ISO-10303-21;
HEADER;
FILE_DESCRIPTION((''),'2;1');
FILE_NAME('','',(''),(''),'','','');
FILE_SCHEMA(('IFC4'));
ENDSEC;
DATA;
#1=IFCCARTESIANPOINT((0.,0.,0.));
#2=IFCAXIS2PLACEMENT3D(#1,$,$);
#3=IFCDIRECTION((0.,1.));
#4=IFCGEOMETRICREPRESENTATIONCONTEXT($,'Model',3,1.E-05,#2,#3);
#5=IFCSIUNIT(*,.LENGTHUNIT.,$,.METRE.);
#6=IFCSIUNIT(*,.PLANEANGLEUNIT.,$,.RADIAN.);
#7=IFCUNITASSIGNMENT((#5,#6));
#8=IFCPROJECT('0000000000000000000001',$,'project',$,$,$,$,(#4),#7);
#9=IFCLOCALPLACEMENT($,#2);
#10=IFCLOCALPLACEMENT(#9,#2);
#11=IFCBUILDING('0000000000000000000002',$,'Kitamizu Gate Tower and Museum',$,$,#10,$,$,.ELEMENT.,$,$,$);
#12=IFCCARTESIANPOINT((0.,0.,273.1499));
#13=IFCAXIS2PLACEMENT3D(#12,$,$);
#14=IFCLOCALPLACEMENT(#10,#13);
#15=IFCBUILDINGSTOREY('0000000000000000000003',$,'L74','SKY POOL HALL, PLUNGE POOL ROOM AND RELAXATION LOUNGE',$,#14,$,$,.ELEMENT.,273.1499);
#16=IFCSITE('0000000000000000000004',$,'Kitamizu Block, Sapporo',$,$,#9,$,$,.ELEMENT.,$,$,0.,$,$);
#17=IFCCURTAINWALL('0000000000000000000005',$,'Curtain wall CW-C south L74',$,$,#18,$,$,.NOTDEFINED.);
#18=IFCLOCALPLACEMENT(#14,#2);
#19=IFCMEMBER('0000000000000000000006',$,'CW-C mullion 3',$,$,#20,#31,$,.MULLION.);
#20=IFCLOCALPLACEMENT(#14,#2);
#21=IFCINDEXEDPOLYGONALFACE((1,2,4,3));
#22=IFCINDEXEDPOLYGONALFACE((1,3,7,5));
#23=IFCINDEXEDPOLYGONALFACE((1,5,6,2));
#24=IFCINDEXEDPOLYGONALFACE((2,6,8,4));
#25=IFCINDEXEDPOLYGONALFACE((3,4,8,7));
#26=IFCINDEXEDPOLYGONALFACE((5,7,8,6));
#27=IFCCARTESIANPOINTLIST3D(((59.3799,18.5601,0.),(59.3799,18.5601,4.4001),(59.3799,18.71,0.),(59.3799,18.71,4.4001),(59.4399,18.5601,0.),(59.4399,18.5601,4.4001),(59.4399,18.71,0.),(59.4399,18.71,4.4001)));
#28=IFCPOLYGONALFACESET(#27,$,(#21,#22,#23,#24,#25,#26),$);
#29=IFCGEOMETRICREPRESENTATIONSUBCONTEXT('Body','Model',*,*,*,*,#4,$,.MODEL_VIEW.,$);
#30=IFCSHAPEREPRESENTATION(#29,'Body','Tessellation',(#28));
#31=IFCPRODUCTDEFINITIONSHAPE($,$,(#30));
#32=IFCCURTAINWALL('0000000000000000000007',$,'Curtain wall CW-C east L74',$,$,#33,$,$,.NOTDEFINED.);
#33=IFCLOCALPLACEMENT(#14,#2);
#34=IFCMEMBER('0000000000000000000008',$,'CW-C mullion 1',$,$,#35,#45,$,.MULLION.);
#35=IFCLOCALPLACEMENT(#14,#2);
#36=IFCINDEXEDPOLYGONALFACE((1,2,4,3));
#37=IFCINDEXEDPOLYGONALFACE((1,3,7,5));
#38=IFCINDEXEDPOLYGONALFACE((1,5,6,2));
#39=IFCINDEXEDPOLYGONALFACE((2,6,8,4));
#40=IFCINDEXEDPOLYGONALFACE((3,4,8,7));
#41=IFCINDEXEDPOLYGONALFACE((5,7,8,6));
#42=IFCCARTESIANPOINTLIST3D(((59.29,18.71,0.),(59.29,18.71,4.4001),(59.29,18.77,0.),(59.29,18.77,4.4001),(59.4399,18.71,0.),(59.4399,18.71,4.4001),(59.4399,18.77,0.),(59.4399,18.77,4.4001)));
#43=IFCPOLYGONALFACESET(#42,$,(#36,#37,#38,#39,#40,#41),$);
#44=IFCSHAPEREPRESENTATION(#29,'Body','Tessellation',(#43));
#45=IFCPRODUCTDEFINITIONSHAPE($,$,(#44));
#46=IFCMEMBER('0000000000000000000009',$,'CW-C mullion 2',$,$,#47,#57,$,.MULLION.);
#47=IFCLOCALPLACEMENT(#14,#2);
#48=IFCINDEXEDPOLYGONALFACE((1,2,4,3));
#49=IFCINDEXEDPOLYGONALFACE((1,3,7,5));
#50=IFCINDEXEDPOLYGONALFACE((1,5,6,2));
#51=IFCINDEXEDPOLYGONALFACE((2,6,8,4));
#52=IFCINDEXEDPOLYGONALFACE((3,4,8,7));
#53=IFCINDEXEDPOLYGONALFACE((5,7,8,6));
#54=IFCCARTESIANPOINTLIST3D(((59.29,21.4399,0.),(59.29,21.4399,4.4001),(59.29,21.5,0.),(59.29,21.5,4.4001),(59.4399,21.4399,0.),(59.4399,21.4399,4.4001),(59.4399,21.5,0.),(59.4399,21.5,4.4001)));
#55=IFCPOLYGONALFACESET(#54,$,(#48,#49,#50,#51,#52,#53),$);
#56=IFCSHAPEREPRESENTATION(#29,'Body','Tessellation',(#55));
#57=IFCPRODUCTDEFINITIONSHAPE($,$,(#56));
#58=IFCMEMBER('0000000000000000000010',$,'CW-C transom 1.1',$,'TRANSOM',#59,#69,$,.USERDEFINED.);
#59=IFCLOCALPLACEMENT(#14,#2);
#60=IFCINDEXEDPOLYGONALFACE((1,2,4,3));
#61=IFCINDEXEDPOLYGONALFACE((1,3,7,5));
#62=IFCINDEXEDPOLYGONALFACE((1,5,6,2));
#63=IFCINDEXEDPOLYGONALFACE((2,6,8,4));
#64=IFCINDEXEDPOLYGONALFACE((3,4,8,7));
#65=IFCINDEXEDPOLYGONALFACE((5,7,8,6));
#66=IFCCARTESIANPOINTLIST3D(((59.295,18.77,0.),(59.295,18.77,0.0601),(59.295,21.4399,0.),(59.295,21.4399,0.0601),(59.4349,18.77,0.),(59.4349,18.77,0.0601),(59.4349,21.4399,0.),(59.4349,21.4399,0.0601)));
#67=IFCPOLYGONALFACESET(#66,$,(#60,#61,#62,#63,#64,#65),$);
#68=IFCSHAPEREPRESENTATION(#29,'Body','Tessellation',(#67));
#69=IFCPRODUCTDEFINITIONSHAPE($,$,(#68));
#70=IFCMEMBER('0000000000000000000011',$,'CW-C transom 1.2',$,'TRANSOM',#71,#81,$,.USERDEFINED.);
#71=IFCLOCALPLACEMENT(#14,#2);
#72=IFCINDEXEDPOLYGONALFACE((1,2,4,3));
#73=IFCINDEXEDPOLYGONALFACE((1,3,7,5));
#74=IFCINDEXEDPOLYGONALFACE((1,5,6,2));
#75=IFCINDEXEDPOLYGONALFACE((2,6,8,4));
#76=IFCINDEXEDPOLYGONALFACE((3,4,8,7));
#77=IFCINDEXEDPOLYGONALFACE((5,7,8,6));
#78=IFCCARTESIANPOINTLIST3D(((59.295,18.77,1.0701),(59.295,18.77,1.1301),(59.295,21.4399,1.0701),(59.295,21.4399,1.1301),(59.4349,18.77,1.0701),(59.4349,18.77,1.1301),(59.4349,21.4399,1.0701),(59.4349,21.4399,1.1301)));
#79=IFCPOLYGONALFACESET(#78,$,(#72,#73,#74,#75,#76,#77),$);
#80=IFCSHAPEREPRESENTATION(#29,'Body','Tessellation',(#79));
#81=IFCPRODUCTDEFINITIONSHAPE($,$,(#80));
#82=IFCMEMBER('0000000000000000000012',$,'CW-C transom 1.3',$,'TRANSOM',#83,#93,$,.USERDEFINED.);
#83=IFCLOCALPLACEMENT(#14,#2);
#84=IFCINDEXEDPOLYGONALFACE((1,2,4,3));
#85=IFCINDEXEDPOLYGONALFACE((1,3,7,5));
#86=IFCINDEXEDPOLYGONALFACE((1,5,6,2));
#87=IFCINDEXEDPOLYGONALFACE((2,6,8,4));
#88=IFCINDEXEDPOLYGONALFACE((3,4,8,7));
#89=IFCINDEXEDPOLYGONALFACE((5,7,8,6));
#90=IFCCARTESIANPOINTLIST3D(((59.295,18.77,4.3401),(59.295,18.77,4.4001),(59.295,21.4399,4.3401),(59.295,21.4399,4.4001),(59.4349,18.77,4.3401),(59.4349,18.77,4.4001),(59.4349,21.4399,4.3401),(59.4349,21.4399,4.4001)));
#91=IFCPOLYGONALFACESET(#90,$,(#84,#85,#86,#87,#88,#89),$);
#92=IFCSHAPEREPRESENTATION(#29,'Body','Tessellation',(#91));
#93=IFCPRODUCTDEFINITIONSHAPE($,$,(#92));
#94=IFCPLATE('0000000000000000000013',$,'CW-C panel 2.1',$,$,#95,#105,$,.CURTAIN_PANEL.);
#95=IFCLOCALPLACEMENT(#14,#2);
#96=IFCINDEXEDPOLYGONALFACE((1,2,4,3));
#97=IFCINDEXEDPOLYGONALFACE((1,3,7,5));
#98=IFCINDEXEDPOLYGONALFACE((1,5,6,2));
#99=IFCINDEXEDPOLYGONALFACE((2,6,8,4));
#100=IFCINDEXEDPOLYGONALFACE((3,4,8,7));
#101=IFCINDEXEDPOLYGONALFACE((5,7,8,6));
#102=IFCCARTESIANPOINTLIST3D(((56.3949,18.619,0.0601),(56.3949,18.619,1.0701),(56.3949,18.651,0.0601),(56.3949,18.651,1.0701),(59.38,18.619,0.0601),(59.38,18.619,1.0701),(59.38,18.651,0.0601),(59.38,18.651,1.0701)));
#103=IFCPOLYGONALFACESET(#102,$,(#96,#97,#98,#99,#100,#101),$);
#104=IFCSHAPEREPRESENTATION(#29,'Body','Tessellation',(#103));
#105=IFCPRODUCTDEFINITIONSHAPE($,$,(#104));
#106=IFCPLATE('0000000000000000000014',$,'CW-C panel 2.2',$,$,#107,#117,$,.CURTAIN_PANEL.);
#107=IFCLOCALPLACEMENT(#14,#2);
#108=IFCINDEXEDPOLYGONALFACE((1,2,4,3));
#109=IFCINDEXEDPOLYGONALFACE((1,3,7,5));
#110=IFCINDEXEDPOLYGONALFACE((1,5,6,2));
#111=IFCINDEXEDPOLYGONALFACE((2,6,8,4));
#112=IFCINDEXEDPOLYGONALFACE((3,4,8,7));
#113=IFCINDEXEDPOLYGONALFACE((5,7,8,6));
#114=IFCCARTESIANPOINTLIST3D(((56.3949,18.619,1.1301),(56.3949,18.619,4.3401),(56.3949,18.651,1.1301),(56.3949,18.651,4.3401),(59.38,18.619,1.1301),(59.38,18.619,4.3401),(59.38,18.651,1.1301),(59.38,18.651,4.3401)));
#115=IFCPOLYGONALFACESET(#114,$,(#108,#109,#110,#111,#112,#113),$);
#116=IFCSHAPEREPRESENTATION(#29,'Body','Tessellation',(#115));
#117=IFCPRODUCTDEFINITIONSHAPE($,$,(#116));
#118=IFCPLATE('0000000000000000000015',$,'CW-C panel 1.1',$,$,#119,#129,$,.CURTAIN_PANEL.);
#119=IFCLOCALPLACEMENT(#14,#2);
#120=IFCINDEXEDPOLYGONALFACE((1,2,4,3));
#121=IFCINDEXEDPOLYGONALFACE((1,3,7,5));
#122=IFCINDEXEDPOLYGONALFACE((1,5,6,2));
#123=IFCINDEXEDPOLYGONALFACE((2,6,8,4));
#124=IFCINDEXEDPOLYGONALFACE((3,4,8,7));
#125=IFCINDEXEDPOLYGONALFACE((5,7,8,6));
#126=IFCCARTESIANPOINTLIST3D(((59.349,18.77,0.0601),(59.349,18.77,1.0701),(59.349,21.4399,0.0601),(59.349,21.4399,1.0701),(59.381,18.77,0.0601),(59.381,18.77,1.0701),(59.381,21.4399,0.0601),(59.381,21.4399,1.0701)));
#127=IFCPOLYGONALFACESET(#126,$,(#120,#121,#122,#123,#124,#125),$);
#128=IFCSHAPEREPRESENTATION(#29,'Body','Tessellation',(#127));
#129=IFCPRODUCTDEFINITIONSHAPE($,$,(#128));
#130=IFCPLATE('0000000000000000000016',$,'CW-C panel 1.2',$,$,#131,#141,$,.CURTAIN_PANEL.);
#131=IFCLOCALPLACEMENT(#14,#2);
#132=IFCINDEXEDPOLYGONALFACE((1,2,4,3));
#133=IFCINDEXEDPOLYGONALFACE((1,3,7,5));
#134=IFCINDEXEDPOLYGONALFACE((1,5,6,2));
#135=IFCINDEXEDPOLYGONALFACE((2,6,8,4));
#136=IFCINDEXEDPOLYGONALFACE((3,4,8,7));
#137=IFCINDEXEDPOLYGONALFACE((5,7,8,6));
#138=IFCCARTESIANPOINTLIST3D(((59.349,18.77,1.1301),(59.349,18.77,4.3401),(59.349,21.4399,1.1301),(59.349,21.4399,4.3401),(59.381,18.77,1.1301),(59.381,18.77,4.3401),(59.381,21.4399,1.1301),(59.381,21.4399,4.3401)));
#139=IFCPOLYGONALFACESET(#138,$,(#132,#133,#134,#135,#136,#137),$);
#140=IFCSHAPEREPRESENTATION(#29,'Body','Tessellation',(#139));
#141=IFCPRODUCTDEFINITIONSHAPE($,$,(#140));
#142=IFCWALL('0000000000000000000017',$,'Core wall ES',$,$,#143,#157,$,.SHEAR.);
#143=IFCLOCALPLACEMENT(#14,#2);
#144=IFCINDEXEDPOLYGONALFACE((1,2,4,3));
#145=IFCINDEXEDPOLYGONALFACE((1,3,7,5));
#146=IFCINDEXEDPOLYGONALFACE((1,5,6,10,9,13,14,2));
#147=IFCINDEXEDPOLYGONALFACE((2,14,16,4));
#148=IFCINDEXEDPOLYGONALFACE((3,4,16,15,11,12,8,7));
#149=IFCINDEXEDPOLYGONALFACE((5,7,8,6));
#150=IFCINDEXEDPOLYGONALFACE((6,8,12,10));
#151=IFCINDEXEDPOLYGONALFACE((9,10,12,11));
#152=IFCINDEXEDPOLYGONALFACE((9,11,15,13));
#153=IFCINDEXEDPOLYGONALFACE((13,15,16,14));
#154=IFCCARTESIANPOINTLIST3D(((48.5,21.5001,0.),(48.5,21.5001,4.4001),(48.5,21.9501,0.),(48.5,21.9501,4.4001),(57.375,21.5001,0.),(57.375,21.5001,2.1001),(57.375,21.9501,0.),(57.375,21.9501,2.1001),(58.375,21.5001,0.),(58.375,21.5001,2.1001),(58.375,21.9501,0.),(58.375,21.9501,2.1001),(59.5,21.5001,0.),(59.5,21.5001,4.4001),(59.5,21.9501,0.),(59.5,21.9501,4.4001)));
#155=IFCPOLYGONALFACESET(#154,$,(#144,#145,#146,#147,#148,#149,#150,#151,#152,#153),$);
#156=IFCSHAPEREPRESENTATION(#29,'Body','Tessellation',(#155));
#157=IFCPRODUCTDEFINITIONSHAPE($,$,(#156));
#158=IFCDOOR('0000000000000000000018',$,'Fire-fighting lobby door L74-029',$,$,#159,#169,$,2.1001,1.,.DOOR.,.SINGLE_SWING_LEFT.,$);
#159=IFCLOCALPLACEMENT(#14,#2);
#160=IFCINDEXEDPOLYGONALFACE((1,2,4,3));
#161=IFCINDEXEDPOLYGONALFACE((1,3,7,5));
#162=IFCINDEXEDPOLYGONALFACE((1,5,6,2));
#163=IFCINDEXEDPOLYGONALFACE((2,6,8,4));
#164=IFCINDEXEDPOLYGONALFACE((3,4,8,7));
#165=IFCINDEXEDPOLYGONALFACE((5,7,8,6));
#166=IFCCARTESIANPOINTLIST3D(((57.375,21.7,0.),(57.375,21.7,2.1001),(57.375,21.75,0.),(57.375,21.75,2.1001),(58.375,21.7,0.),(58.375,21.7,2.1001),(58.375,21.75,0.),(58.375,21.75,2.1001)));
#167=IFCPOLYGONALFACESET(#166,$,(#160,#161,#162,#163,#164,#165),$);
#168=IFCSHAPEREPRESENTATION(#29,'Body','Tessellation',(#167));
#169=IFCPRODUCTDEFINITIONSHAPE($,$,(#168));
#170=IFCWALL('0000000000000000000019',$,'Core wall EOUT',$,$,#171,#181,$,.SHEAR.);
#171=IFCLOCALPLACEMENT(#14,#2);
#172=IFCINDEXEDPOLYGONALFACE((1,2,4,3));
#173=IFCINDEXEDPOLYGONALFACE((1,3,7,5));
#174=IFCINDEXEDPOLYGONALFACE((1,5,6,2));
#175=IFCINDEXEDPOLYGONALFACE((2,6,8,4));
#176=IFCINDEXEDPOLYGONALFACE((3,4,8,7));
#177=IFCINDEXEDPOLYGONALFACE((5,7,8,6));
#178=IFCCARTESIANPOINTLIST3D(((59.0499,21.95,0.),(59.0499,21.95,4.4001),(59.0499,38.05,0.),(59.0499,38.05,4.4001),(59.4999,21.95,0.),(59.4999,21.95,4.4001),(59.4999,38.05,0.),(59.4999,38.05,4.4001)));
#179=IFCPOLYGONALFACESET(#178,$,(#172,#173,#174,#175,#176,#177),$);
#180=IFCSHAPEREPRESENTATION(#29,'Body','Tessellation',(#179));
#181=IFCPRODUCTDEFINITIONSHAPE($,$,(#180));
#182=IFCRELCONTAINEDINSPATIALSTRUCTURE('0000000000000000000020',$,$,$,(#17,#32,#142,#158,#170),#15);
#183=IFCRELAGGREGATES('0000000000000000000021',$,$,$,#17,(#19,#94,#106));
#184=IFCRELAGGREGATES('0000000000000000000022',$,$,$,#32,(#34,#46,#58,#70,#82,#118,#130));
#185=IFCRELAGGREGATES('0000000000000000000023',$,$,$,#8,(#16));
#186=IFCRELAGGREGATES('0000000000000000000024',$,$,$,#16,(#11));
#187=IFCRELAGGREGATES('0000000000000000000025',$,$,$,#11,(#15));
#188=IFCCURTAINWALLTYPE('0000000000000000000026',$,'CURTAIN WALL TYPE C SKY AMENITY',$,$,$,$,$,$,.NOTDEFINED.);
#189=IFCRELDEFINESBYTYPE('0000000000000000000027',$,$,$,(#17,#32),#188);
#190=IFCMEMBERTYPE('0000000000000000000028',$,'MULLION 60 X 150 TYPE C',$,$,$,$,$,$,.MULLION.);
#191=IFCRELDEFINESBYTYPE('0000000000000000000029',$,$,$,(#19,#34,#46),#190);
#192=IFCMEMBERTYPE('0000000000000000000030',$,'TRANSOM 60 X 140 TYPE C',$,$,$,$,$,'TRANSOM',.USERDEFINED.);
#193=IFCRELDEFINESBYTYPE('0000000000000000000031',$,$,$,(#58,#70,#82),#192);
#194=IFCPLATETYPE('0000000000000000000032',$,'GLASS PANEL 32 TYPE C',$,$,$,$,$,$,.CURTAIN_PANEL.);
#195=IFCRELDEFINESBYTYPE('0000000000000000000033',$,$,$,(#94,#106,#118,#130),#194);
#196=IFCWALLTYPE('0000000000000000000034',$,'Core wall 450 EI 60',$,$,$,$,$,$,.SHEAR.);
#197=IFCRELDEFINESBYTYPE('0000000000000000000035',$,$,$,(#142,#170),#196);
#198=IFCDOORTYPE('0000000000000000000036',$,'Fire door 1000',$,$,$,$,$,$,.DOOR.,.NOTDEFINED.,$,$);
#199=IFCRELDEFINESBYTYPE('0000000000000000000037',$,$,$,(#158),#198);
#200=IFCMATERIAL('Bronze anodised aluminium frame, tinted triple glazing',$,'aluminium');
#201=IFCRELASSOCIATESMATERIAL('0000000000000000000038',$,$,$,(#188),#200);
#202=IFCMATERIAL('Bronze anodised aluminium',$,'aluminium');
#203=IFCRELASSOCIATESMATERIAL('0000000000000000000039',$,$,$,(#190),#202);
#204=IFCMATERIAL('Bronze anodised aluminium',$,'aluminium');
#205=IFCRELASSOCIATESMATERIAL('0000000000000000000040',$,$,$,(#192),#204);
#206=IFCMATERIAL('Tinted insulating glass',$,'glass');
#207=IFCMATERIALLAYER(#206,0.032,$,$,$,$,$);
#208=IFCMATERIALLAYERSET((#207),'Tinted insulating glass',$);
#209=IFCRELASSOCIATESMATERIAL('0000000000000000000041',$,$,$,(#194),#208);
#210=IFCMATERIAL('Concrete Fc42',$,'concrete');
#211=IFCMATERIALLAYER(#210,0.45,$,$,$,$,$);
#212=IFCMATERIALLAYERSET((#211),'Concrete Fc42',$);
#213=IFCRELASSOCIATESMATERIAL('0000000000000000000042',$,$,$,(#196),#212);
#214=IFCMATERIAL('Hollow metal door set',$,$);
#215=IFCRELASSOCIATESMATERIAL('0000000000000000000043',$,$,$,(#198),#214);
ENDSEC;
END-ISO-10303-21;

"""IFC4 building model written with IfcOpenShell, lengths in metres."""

from ifc_helpers import new_model, si_unit, direction, frame, frame_2d, origin, origin_2d, place, context, subcontext, project, spatial, rectangle, extrude, material, layer, layer_set, material_profile, profile_set, type_object, element, fill, aggregate, save


model = new_model("IFC4")

# Units and contexts
model_context = context("Model", 3, precision=1e-05, world=origin(), true_north=direction((0.0, 1.0)))
body_context = subcontext(model_context, "Body", "Model", "MODEL_VIEW")
ifc_project = project(units=[si_unit("LENGTHUNIT", "METRE"), si_unit("PLANEANGLEUNIT", "RADIAN")], contexts=[model_context])

# Site, building, storey
site_placement = place(None, origin())
site = spatial("IfcSite", under=ifc_project, at=site_placement, Name="Kitamizu Block, Sapporo", CompositionType="ELEMENT", RefElevation=0.0)
building_placement = place(site_placement, origin())
building = spatial("IfcBuilding", under=site, at=building_placement, Name="Kitamizu Gate Tower and Museum", CompositionType="ELEMENT")
storey_placement = place(building_placement, frame((0.0, 0.0, 273.1499)))
storey = spatial("IfcBuildingStorey", under=building, at=storey_placement, Name="L74", Description="SKY POOL HALL, PLUNGE POOL ROOM AND RELAXATION LOUNGE", CompositionType="ELEMENT", Elevation=273.1499)

# Curtain wall, member
ifc_material_1 = material(Name="Bronze anodised aluminium frame, tinted triple glazing", Category="aluminium")
curtain_wall_type = type_object("IfcCurtainWallType", Name="CURTAIN WALL TYPE C SKY AMENITY", PredefinedType="NOTDEFINED", material=ifc_material_1)
curtain_wall_1_placement = place(storey_placement, origin())
curtain_wall_1 = element("IfcCurtainWall", 1, at=curtain_wall_1_placement, inside=storey, type_object=curtain_wall_type, Name="Curtain wall CW-C south L74", PredefinedType="NOTDEFINED")
ifc_material_2 = material(Name="Bronze anodised aluminium", Category="aluminium")
ifc_material_profile_1 = material_profile(ifc_material_2, rectangle(XDim=0.0601, YDim=0.1499, at=origin_2d()), Name="AL 60X150")
ifc_profile_set_1 = profile_set([ifc_material_profile_1], Name="Bronze anodised aluminium")
member_type_1 = type_object("IfcMemberType", Name="MULLION 60 X 150 TYPE C", PredefinedType="MULLION", material=ifc_profile_set_1)
member_1_placement = place(storey_placement, frame((59.4099, 18.635, 0.0), z_axis=(0.0, 0.0, 1.0), x_axis=(1.0, 0.0, 0.0)))
member_1 = element("IfcMember", 2, at=member_1_placement, type_object=member_type_1, Name="CW-C mullion 3", PredefinedType="MULLION", context=body_context, shape_type="SweptSolid", body=[
    extrude(rectangle(XDim=0.0601, YDim=0.1499, at=origin_2d()), origin(), (0.0, 0.0, 1.0), 4.4001),
])

# Curtain wall, members
curtain_wall_2_placement = place(storey_placement, origin())
curtain_wall_2 = element("IfcCurtainWall", 3, at=curtain_wall_2_placement, inside=storey, type_object=curtain_wall_type, Name="Curtain wall CW-C east L74", PredefinedType="NOTDEFINED")
member_2_placement = place(storey_placement, frame((59.365, 18.74, 0.0), z_axis=(0.0, 0.0, 1.0), x_axis=(0.0, 1.0, 0.0)))
member_2 = element("IfcMember", 4, at=member_2_placement, type_object=member_type_1, Name="CW-C mullion 1", PredefinedType="MULLION", context=body_context, shape_type="SweptSolid", body=[
    extrude(rectangle(XDim=0.0601, YDim=0.1499, at=origin_2d()), origin(), (0.0, 0.0, 1.0), 4.4001),
])
member_3_placement = place(storey_placement, frame((59.365, 21.47, 0.0), z_axis=(0.0, 0.0, 1.0), x_axis=(0.0, 1.0, 0.0)))
member_3 = element("IfcMember", 5, at=member_3_placement, type_object=member_type_1, Name="CW-C mullion 2", PredefinedType="MULLION", context=body_context, shape_type="SweptSolid", body=[
    extrude(rectangle(XDim=0.0601, YDim=0.1499, at=origin_2d()), origin(), (0.0, 0.0, 1.0), 4.4001),
])
ifc_material_3 = material(Name="Bronze anodised aluminium", Category="aluminium")
ifc_material_profile_2 = material_profile(ifc_material_3, rectangle(XDim=0.1399, YDim=0.0601, at=origin_2d()), Name="AL 60X140")
ifc_profile_set_2 = profile_set([ifc_material_profile_2], Name="Bronze anodised aluminium")
member_type_2 = type_object("IfcMemberType", Name="TRANSOM 60 X 140 TYPE C", ElementType="TRANSOM", PredefinedType="USERDEFINED", material=ifc_profile_set_2)
member_4_placement = place(storey_placement, frame((59.365, 18.77, 0.03), z_axis=(0.0, 1.0, 0.0), x_axis=(-1.0, 0.0, 0.0)))
member_4 = element("IfcMember", 6, at=member_4_placement, type_object=member_type_2, Name="CW-C transom 1.1", ObjectType="TRANSOM", PredefinedType="USERDEFINED", context=body_context, shape_type="SweptSolid", body=[
    extrude(rectangle(XDim=0.1399, YDim=0.0601, at=origin_2d()), origin(), (0.0, 0.0, 1.0), 2.6699),
])
member_5_placement = place(storey_placement, frame((59.365, 18.77, 1.1001), z_axis=(0.0, 1.0, 0.0), x_axis=(-1.0, 0.0, 0.0)))
member_5 = element("IfcMember", 7, at=member_5_placement, type_object=member_type_2, Name="CW-C transom 1.2", ObjectType="TRANSOM", PredefinedType="USERDEFINED", context=body_context, shape_type="SweptSolid", body=[
    extrude(rectangle(XDim=0.1399, YDim=0.0601, at=origin_2d()), origin(), (0.0, 0.0, 1.0), 2.6699),
])
member_6_placement = place(storey_placement, frame((59.365, 18.77, 4.3701), z_axis=(0.0, 1.0, 0.0), x_axis=(-1.0, 0.0, 0.0)))
member_6 = element("IfcMember", 8, at=member_6_placement, type_object=member_type_2, Name="CW-C transom 1.3", ObjectType="TRANSOM", PredefinedType="USERDEFINED", context=body_context, shape_type="SweptSolid", body=[
    extrude(rectangle(XDim=0.1399, YDim=0.0601, at=origin_2d()), origin(), (0.0, 0.0, 1.0), 2.6699),
])

# Plates
ifc_material_4 = material(Name="Tinted insulating glass", Category="glass")
ifc_layer_1 = layer(ifc_material_4, 0.032)
ifc_layer_set_1 = layer_set([ifc_layer_1], Name="Tinted insulating glass")
plate_type = type_object("IfcPlateType", Name="GLASS PANEL 32 TYPE C", PredefinedType="CURTAIN_PANEL", material=ifc_layer_set_1)
plate_1_placement = place(storey_placement, frame((57.8875, 18.635, 0.0601), z_axis=(0.0, 0.0, 1.0), x_axis=(1.0, 0.0, 0.0)))
plate_1 = element("IfcPlate", 9, at=plate_1_placement, type_object=plate_type, Name="CW-C panel 2.1", PredefinedType="CURTAIN_PANEL", context=body_context, shape_type="SweptSolid", body=[
    extrude(rectangle(XDim=2.9851, YDim=0.032, at=origin_2d()), origin(), (0.0, 0.0, 1.0), 1.01),
])
plate_2_placement = place(storey_placement, frame((57.8875, 18.635, 1.1301), z_axis=(0.0, 0.0, 1.0), x_axis=(1.0, 0.0, 0.0)))
plate_2 = element("IfcPlate", 10, at=plate_2_placement, type_object=plate_type, Name="CW-C panel 2.2", PredefinedType="CURTAIN_PANEL", context=body_context, shape_type="SweptSolid", body=[
    extrude(rectangle(XDim=2.9851, YDim=0.032, at=origin_2d()), origin(), (0.0, 0.0, 1.0), 3.21),
])
aggregate(curtain_wall_1, [member_1, plate_1, plate_2])
plate_3_placement = place(storey_placement, frame((59.365, 20.105, 0.0601), z_axis=(0.0, 0.0, 1.0), x_axis=(0.0, 1.0, 0.0)))
plate_3 = element("IfcPlate", 11, at=plate_3_placement, type_object=plate_type, Name="CW-C panel 1.1", PredefinedType="CURTAIN_PANEL", context=body_context, shape_type="SweptSolid", body=[
    extrude(rectangle(XDim=2.6699, YDim=0.032, at=origin_2d()), origin(), (0.0, 0.0, 1.0), 1.01),
])
plate_4_placement = place(storey_placement, frame((59.365, 20.105, 1.1301), z_axis=(0.0, 0.0, 1.0), x_axis=(0.0, 1.0, 0.0)))
plate_4 = element("IfcPlate", 12, at=plate_4_placement, type_object=plate_type, Name="CW-C panel 1.2", PredefinedType="CURTAIN_PANEL", context=body_context, shape_type="SweptSolid", body=[
    extrude(rectangle(XDim=2.6699, YDim=0.032, at=origin_2d()), origin(), (0.0, 0.0, 1.0), 3.21),
])
aggregate(curtain_wall_2, [member_2, member_3, member_4, member_5, member_6, plate_3, plate_4])

# Wall, opening, door
ifc_material_5 = material(Name="Concrete Fc42", Category="concrete")
ifc_layer_2 = layer(ifc_material_5, 0.45)
ifc_layer_set_2 = layer_set([ifc_layer_2], Name="Concrete Fc42")
wall_type_1 = type_object("IfcWallType", Name="Core wall 450 EI 60", PredefinedType="SHEAR", material=ifc_layer_set_2)
wall_1_placement = place(storey_placement, frame((59.5, 21.7251, 0.0), z_axis=(0.0, 0.0, 1.0), x_axis=(-1.0, 0.0, 0.0)))
wall_1 = element("IfcWall", 13, at=wall_1_placement, inside=storey, type_object=wall_type_1, Name="Core wall ES", PredefinedType="SHEAR", context=body_context, shape_type="SweptSolid", body=[
    extrude(rectangle(XDim=11.0, YDim=0.45, at=frame_2d((5.5, 0.0))), origin(), (0.0, 0.0, 1.0), 4.4001),
])
opening_1_placement = place(wall_1_placement, frame((1.125, 0.0, 0.0)))
opening_1 = element("IfcOpeningElement", 14, at=opening_1_placement, cuts=wall_1, PredefinedType="OPENING", context=body_context, shape_type="SweptSolid", body=[
    extrude(rectangle(XDim=1.0, YDim=2.1001, at=frame_2d((0.5, 1.05))), frame((0.0, 0.2349, 0.0), z_axis=(0.0, -1.0, 0.0), x_axis=(1.0, 0.0, 0.0)), (0.0, 0.0, 1.0), 0.47),
])
ifc_material_6 = material(Name="Hollow metal door set")
door_type_1 = type_object("IfcDoorType", Name="Fire door 1000", OperationType="NOTDEFINED", PredefinedType="DOOR", material=ifc_material_6)
door_1_placement = place(opening_1_placement, frame((1.0, 0.0, 0.0), x_axis=(-1.0, 0.0, 0.0)))
door_1 = element("IfcDoor", 15, at=door_1_placement, inside=storey, type_object=door_type_1, Name="Fire-fighting lobby door L74-029", OperationType="SINGLE_SWING_LEFT", OverallHeight=2.1001, OverallWidth=1.0, PredefinedType="DOOR", context=body_context, shape_type="SweptSolid", body=[
    extrude(rectangle(XDim=1.0, YDim=2.1001, at=frame_2d((0.5, 1.05))), frame((0.0, 0.0249, 0.0), z_axis=(0.0, -1.0, 0.0), x_axis=(1.0, 0.0, 0.0)), (0.0, 0.0, 1.0), 0.05),
])
fill(opening_1, door_1)

# Wall
wall_2_placement = place(storey_placement, frame((59.2749, 21.95, 0.0), z_axis=(0.0, 0.0, 1.0), x_axis=(0.0, 1.0, 0.0)))
element("IfcWall", 16, at=wall_2_placement, inside=storey, type_object=wall_type_1, Name="Core wall EOUT", PredefinedType="SHEAR", context=body_context, shape_type="SweptSolid", body=[
    extrude(rectangle(XDim=16.1001, YDim=0.45, at=frame_2d((8.05, 0.0))), origin(), (0.0, 0.0, 1.0), 4.4001),
])

save(model, "model.ifc")
